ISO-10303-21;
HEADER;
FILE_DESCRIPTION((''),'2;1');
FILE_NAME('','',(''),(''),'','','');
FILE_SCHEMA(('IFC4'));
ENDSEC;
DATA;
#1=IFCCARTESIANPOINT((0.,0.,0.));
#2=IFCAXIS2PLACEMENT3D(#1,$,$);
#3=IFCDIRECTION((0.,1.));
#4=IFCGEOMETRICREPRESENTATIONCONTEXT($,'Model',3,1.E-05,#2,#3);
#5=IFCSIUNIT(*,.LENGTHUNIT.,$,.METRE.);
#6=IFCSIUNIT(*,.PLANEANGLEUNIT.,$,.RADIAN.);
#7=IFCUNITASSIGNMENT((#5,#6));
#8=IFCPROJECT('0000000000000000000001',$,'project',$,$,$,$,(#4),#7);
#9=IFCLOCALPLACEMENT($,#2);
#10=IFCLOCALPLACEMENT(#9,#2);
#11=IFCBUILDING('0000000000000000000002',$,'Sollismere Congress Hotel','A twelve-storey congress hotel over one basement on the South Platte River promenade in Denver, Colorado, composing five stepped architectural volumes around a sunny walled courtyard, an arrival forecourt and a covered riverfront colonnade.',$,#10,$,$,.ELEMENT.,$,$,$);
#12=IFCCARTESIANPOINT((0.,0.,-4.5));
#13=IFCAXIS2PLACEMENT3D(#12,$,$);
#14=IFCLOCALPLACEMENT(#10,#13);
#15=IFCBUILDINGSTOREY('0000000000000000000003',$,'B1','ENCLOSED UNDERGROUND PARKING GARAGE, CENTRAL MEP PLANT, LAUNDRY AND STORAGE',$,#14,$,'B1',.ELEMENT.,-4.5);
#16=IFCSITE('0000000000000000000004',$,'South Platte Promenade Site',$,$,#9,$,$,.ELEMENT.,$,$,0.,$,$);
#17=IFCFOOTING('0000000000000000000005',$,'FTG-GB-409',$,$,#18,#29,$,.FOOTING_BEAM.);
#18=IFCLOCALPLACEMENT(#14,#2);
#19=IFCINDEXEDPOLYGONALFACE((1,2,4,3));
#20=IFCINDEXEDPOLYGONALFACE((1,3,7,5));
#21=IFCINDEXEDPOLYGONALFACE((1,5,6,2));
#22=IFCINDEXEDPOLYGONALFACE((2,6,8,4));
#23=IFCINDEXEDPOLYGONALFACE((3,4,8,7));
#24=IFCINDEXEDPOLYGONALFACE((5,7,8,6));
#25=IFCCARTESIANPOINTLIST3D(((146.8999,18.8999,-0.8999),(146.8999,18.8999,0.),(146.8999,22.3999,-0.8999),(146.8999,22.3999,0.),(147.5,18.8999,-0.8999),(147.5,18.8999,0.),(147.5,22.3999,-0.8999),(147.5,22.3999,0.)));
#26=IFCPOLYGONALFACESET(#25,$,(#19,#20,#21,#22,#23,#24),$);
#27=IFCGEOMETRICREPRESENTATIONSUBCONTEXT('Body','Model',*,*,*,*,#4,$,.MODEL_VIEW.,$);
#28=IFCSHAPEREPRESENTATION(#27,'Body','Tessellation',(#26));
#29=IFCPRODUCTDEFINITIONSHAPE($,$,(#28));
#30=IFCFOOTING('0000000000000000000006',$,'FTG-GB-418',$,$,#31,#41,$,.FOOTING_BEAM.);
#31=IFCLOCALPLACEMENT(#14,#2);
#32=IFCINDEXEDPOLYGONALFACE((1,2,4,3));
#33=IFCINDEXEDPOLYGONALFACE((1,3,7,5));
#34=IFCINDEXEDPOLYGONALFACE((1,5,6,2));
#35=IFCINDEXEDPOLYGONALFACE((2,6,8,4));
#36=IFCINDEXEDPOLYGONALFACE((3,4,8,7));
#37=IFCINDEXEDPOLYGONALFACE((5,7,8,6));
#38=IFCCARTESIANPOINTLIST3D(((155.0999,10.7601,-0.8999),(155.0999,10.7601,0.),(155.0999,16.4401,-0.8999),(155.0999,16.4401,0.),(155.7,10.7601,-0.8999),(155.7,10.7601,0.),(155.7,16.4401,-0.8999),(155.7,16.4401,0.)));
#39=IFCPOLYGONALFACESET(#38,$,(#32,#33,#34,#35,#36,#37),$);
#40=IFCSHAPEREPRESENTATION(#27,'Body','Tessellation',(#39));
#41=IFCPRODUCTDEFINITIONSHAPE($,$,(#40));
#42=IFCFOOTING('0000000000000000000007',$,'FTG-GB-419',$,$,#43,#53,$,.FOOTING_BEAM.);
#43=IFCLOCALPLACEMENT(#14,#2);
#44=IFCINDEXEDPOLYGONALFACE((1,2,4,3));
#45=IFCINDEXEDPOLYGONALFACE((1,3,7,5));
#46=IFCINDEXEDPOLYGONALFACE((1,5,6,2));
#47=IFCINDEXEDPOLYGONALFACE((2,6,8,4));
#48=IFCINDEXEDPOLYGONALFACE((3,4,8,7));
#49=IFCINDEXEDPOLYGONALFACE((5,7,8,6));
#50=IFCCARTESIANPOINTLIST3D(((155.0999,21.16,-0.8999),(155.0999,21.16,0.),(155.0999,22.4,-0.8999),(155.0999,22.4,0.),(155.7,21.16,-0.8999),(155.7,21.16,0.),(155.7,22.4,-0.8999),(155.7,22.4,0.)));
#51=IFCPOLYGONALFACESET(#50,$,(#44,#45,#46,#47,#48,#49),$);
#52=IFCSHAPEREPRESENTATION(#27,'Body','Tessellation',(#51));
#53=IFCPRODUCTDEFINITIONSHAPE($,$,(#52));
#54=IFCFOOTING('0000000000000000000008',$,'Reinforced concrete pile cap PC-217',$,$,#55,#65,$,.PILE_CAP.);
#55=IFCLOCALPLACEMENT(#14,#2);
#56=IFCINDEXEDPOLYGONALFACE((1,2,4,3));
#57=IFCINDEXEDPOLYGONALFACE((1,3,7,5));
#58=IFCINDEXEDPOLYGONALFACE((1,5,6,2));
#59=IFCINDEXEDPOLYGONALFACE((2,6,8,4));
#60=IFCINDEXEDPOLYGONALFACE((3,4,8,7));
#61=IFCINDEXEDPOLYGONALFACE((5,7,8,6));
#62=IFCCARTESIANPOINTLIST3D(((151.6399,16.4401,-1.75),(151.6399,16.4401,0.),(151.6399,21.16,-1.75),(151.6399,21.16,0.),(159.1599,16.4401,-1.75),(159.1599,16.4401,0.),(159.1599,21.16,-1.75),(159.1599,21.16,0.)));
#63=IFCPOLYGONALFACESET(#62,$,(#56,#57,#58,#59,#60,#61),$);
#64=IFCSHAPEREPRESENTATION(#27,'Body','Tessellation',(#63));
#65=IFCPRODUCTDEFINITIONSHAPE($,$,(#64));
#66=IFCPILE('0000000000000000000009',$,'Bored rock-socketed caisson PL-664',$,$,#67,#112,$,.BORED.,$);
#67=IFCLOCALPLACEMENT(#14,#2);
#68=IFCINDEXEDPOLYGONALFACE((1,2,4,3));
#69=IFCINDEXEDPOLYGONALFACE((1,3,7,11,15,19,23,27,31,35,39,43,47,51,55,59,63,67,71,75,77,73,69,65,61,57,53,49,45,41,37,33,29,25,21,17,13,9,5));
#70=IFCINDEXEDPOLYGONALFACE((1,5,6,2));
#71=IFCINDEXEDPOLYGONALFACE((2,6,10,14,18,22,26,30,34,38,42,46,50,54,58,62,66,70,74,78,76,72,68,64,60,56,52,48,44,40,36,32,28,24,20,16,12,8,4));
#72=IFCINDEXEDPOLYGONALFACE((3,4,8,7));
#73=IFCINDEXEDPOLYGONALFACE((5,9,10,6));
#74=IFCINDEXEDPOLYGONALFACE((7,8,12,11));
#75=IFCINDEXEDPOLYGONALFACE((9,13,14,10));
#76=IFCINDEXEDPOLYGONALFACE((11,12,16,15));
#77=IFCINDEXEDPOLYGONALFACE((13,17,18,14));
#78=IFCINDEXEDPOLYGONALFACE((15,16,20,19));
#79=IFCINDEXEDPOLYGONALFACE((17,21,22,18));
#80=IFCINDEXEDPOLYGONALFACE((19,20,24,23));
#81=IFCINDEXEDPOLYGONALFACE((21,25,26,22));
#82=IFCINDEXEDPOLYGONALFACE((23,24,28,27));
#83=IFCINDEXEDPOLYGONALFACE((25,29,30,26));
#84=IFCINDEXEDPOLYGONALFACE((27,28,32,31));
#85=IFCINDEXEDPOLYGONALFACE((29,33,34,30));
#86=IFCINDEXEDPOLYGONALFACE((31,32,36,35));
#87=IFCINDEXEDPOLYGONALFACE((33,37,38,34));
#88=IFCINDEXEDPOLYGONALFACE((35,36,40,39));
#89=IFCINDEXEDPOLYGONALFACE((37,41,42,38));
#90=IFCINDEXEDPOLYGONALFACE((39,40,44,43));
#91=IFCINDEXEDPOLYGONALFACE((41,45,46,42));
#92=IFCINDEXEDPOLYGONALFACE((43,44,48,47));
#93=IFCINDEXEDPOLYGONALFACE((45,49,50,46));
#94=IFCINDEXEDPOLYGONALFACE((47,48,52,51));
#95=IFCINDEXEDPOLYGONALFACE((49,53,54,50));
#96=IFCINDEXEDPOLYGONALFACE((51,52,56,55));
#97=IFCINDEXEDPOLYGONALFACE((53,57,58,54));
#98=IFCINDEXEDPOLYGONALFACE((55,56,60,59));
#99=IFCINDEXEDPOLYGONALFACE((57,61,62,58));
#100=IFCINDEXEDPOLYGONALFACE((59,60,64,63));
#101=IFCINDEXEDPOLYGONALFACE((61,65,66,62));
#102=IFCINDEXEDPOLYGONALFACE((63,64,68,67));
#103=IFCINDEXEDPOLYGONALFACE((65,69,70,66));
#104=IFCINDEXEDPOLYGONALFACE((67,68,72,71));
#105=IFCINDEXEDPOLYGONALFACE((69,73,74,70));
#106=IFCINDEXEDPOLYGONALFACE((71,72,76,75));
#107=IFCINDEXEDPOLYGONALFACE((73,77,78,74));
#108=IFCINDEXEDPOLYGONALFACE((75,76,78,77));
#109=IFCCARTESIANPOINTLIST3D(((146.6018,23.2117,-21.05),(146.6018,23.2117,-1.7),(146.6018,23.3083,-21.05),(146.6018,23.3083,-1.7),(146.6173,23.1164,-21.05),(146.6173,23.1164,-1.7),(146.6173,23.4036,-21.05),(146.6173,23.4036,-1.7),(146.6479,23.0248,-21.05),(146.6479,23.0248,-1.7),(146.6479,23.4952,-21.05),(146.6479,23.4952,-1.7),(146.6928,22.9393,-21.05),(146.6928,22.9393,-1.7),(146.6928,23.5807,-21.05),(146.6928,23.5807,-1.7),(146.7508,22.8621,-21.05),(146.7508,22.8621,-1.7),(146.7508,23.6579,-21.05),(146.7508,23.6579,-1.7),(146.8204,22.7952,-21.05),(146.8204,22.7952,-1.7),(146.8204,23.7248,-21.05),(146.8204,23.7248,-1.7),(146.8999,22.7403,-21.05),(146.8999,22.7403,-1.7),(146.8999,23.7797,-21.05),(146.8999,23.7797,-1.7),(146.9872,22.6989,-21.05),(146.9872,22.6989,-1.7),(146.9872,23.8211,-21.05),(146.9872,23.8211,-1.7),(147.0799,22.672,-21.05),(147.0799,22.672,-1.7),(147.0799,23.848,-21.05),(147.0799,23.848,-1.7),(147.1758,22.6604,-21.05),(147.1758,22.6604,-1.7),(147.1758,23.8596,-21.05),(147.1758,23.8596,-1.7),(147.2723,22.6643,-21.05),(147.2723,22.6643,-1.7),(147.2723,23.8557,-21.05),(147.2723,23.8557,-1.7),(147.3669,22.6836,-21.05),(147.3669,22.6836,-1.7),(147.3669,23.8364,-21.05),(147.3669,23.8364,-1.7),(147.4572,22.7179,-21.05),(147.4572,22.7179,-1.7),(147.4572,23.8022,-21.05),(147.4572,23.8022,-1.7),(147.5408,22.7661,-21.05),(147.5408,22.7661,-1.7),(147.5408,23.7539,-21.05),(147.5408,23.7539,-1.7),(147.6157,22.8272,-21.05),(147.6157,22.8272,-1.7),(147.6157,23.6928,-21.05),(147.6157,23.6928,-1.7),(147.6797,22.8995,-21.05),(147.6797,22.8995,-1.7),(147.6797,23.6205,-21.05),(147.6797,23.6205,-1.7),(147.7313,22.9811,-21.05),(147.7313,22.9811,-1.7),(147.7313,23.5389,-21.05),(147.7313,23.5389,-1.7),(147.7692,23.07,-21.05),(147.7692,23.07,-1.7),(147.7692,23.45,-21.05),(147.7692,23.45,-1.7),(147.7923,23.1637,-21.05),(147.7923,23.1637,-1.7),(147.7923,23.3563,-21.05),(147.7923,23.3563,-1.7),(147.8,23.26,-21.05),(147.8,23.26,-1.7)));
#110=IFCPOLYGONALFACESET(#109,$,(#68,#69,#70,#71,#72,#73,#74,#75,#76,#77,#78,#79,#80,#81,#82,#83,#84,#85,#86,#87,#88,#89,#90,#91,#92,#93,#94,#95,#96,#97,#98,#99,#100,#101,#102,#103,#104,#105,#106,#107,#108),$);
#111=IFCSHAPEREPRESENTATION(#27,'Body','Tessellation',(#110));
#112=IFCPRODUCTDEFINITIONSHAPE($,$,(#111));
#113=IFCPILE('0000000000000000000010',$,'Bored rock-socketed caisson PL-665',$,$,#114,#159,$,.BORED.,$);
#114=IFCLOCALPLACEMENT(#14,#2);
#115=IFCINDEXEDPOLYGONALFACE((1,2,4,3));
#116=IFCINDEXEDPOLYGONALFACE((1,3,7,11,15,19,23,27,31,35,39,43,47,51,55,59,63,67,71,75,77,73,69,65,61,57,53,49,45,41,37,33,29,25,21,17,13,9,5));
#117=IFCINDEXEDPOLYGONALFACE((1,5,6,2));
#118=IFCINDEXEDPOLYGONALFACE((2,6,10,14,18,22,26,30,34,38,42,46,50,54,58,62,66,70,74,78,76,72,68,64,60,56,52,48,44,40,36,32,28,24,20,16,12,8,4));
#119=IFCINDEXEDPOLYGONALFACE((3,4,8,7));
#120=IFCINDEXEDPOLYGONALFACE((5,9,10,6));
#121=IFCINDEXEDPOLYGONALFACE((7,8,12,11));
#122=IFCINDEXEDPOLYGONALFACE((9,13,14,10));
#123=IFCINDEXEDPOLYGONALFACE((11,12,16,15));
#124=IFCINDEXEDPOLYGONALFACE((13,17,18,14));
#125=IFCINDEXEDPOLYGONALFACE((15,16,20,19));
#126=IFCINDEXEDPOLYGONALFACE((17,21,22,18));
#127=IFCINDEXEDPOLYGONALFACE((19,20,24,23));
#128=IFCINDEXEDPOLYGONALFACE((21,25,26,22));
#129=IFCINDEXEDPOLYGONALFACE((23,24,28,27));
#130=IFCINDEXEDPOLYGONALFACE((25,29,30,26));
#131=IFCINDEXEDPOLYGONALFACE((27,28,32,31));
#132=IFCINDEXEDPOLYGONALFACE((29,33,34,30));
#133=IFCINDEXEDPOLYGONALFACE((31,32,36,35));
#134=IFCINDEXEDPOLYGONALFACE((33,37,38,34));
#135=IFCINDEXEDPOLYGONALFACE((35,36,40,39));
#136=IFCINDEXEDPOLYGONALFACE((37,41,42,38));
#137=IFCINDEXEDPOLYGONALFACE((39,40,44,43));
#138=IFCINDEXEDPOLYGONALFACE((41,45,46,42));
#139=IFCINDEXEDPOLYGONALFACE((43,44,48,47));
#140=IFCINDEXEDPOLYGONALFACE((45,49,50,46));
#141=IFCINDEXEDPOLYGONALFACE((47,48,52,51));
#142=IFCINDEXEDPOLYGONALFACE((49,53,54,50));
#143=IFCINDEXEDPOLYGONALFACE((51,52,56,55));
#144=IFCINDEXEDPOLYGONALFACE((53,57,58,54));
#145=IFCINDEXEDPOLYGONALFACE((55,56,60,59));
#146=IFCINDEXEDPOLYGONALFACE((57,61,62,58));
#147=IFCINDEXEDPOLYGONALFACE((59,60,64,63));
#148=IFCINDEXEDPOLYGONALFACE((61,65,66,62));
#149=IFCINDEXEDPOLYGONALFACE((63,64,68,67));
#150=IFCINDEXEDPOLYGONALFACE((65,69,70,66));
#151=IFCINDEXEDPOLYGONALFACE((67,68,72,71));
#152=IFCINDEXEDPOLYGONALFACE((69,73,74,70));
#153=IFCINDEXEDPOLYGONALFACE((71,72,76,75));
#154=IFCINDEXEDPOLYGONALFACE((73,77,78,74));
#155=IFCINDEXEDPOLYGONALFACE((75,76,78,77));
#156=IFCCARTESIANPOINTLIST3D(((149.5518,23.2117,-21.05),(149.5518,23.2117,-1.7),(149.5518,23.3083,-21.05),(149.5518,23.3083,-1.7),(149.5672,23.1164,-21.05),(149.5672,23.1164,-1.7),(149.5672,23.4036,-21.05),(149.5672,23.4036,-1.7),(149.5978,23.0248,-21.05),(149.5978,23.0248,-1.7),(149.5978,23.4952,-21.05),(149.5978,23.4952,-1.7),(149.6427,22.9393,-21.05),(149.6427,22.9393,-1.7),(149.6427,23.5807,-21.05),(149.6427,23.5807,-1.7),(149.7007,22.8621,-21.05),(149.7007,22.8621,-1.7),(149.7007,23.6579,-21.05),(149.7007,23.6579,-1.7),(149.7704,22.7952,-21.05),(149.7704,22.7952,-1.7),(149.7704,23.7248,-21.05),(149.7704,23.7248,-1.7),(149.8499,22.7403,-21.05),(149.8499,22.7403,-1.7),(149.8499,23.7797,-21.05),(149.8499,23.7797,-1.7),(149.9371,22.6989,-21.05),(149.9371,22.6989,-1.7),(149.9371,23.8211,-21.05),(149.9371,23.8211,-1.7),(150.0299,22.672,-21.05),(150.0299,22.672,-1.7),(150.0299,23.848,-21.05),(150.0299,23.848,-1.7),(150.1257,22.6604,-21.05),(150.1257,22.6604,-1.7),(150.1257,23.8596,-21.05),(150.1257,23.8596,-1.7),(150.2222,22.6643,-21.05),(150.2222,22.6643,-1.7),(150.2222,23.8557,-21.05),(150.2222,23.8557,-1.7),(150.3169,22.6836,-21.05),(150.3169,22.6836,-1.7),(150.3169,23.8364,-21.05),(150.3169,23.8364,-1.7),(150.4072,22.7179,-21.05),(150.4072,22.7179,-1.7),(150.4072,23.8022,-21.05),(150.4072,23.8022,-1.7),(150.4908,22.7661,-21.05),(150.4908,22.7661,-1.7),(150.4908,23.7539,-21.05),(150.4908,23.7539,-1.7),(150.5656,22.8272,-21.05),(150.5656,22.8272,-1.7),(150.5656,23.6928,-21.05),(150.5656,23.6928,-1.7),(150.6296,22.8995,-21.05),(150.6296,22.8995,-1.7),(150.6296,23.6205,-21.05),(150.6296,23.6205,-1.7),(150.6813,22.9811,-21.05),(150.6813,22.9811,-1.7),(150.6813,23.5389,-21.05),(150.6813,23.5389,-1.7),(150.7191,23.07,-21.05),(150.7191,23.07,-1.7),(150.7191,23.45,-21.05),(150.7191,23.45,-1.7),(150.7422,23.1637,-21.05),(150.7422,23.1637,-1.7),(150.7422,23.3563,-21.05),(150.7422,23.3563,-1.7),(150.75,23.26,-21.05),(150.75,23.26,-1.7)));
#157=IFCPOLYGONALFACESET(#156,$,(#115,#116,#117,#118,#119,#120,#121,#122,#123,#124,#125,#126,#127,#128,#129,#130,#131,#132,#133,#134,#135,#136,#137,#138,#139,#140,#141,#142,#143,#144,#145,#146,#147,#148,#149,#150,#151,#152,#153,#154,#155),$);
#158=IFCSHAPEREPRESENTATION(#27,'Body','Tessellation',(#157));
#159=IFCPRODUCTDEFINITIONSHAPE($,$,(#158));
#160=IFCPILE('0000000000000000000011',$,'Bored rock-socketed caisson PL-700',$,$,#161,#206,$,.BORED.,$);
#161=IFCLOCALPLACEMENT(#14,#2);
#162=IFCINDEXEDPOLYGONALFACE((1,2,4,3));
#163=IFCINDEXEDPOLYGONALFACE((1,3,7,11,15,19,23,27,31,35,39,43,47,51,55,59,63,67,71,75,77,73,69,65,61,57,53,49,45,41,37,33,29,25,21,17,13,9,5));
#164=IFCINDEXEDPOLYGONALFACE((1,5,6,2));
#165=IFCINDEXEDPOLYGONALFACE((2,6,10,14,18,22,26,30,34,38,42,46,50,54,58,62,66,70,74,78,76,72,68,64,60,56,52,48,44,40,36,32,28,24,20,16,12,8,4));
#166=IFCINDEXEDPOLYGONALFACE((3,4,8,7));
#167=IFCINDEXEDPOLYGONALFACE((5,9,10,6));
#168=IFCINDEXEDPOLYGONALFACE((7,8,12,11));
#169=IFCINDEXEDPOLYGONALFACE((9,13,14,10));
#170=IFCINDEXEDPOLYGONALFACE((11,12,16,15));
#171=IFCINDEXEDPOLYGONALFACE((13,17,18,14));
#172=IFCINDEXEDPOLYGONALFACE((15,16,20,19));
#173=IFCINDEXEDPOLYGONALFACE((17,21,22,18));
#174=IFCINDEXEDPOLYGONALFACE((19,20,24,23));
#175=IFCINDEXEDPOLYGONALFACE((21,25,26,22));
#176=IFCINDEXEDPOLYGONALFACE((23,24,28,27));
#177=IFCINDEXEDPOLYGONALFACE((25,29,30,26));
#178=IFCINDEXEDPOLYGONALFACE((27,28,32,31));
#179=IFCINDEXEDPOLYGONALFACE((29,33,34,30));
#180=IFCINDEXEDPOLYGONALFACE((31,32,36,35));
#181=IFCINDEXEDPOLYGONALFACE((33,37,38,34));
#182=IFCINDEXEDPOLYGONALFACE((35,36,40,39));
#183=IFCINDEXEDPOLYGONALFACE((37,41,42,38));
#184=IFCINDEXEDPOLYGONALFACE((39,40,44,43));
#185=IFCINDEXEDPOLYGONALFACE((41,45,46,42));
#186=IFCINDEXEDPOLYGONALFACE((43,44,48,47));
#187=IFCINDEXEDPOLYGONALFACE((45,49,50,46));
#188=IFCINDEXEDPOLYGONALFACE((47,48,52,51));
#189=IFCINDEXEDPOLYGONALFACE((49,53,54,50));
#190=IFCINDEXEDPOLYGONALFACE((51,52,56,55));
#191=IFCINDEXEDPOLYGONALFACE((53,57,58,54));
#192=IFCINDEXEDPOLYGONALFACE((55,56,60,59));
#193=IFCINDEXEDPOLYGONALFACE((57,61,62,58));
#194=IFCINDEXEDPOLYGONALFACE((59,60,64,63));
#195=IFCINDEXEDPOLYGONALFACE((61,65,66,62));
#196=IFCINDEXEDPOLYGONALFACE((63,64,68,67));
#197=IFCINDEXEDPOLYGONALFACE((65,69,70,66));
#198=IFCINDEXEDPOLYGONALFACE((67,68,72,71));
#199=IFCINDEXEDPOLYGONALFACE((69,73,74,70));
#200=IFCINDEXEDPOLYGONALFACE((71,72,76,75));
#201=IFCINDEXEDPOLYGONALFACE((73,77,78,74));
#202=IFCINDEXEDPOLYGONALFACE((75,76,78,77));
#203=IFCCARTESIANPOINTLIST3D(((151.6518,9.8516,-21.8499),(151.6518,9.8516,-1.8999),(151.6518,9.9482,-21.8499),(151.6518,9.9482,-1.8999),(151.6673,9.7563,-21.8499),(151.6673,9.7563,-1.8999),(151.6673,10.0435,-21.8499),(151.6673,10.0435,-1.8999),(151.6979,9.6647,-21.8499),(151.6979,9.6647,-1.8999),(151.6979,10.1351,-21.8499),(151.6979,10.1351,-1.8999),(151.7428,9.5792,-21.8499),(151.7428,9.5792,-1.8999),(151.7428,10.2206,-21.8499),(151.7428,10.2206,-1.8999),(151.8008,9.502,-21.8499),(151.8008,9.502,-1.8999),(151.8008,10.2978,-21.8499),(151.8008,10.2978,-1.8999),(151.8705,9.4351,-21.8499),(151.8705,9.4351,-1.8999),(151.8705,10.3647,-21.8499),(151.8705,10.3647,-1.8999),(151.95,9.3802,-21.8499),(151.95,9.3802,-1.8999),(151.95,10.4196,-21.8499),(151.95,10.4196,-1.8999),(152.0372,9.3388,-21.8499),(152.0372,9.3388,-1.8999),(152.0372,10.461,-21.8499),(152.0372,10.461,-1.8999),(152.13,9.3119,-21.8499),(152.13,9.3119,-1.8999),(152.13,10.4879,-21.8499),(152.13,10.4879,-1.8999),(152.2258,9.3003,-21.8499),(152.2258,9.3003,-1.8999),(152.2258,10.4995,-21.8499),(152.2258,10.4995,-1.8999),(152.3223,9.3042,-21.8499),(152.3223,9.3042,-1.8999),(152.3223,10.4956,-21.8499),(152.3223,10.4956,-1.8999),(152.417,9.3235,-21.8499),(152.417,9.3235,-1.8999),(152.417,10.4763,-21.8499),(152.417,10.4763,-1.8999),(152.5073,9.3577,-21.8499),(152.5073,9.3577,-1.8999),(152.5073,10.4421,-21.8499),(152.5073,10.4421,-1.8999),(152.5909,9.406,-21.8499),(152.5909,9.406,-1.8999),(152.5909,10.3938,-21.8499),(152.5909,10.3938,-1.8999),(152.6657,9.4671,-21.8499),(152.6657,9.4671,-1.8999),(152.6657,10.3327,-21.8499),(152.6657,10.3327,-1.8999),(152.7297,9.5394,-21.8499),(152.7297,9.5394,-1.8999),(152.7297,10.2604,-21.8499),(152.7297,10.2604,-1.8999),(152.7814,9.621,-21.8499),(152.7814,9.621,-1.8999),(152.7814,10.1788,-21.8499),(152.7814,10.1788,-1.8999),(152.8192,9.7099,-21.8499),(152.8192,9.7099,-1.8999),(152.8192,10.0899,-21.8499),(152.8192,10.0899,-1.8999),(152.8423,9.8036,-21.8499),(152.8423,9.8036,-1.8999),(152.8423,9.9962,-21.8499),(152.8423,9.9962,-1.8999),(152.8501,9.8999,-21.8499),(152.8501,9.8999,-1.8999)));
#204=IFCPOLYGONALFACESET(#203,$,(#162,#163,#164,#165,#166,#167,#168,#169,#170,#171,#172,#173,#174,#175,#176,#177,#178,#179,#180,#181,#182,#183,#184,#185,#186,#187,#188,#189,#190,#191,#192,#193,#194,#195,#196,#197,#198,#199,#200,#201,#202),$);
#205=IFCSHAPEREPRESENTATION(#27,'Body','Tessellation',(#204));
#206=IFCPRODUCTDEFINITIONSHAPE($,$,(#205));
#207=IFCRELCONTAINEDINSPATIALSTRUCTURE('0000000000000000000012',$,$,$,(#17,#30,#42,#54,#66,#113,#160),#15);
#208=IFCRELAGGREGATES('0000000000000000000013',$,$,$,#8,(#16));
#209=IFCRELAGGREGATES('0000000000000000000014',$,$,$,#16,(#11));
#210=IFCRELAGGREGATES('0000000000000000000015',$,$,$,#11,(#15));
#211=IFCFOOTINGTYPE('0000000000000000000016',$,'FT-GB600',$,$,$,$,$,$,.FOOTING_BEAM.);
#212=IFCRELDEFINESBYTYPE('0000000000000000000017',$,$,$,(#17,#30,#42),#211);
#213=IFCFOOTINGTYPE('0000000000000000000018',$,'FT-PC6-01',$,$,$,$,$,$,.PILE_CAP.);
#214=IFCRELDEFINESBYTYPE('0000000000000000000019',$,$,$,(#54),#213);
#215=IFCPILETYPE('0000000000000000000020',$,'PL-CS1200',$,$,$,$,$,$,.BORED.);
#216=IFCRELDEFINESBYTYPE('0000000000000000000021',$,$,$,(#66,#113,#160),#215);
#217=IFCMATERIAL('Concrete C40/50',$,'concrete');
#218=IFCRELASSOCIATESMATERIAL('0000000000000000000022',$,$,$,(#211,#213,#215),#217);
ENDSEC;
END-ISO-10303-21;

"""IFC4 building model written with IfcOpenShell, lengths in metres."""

from ifc_helpers import new_model, si_unit, direction, frame, origin, origin_2d, place, context, subcontext, project, spatial, rectangle, circle, extrude, material, material_profile, profile_set, type_object, element, save


model = new_model("IFC4")

# Units and contexts
model_context = context("Model", 3, precision=1e-05, world=origin(), true_north=direction((0.0, 1.0)))
body_context = subcontext(model_context, "Body", "Model", "MODEL_VIEW")
ifc_project = project(units=[si_unit("LENGTHUNIT", "METRE"), si_unit("PLANEANGLEUNIT", "RADIAN")], contexts=[model_context])

# Site, building, storey
site_placement = place(None, origin())
site = spatial("IfcSite", under=ifc_project, at=site_placement, Name="South Platte Promenade Site", CompositionType="ELEMENT", RefElevation=0.0)
building_placement = place(site_placement, origin())
building = spatial("IfcBuilding", under=site, at=building_placement, Name="Sollismere Congress Hotel", Description="A twelve-storey congress hotel over one basement on the South Platte River promenade in Denver, Colorado, composing five stepped architectural volumes around a sunny walled courtyard, an arrival forecourt and a covered riverfront colonnade.", CompositionType="ELEMENT")
storey_placement = place(building_placement, frame((0.0, 0.0, -4.5)))
storey = spatial("IfcBuildingStorey", under=building, at=storey_placement, Name="B1", Description="ENCLOSED UNDERGROUND PARKING GARAGE, CENTRAL MEP PLANT, LAUNDRY AND STORAGE", LongName="B1", CompositionType="ELEMENT", Elevation=-4.5)

# Footings
ifc_material_1 = material(Name="Concrete C40/50", Category="concrete")
footing_type_1 = type_object("IfcFootingType", Name="FT-GB600", PredefinedType="FOOTING_BEAM", material=ifc_material_1)
footing_1_placement = place(storey_placement, frame((147.2, 20.6499, -0.8999), z_axis=(0.0, 0.0, 1.0), x_axis=(0.0, 1.0, 0.0)))
element("IfcFooting", 1, at=footing_1_placement, inside=storey, type_object=footing_type_1, Name="FTG-GB-409", PredefinedType="FOOTING_BEAM", context=body_context, shape_type="SweptSolid", body=[
    extrude(rectangle(XDim=3.5, YDim=0.6001, at=origin_2d()), origin(), (0.0, 0.0, 1.0), 0.8999),
])
footing_2_placement = place(storey_placement, frame((155.3999, 13.6001, -0.8999), z_axis=(0.0, 0.0, 1.0), x_axis=(0.0, 1.0, 0.0)))
element("IfcFooting", 2, at=footing_2_placement, inside=storey, type_object=footing_type_1, Name="FTG-GB-418", PredefinedType="FOOTING_BEAM", context=body_context, shape_type="SweptSolid", body=[
    extrude(rectangle(XDim=5.6799, YDim=0.6001, at=origin_2d()), origin(), (0.0, 0.0, 1.0), 0.8999),
])
footing_3_placement = place(storey_placement, frame((155.3999, 21.78, -0.8999), z_axis=(0.0, 0.0, 1.0), x_axis=(0.0, 1.0, 0.0)))
element("IfcFooting", 3, at=footing_3_placement, inside=storey, type_object=footing_type_1, Name="FTG-GB-419", PredefinedType="FOOTING_BEAM", context=body_context, shape_type="SweptSolid", body=[
    extrude(rectangle(XDim=1.24, YDim=0.6001, at=origin_2d()), origin(), (0.0, 0.0, 1.0), 0.8999),
])
footing_type_2 = type_object("IfcFootingType", Name="FT-PC6-01", PredefinedType="PILE_CAP", material=ifc_material_1)
footing_4_placement = place(storey_placement, frame((155.3999, 18.8, -1.75), z_axis=(0.0, 0.0, 1.0), x_axis=(1.0, 0.0, 0.0)))
element("IfcFooting", 4, at=footing_4_placement, inside=storey, type_object=footing_type_2, Name="Reinforced concrete pile cap PC-217", PredefinedType="PILE_CAP", context=body_context, shape_type="SweptSolid", body=[
    extrude(rectangle(XDim=7.52, YDim=4.72, at=origin_2d()), origin(), (0.0, 0.0, 1.0), 1.75),
])

# Piles
ifc_material_profile_1 = material_profile(ifc_material_1, circle(Radius=0.6001, at=origin_2d()), Name="CAISSON1200")
ifc_profile_set_1 = profile_set([ifc_material_profile_1], Name="Concrete C40/50")
pile_type = type_object("IfcPileType", Name="PL-CS1200", PredefinedType="BORED", material=ifc_profile_set_1)
for number, where, z_axis, x_axis, name in (
    (5, (147.2, 23.26, -1.7), (0.0, 0.0, -1.0), (1.0, 0.0, 0.0), "Bored rock-socketed caisson PL-664"),
    (6, (150.1499, 23.26, -1.7), (0.0, 0.0, -1.0), (1.0, 0.0, 0.0), "Bored rock-socketed caisson PL-665"),
):
    element("IfcPile", number, at=place(storey_placement, frame(where, z_axis=z_axis, x_axis=x_axis)), inside=storey, type_object=pile_type, Name=name, PredefinedType="BORED", context=body_context, shape_type="SweptSolid", body=[
        extrude(circle(Radius=0.6001, at=origin_2d()), origin(), (0.0, 0.0, 1.0), 19.3501),
    ])
for number, where, z_axis, x_axis, name in (
    (7, (152.25, 9.8999, -1.8999), (0.0, 0.0, -1.0), (1.0, 0.0, 0.0), "Bored rock-socketed caisson PL-700"),
):
    element("IfcPile", number, at=place(storey_placement, frame(where, z_axis=z_axis, x_axis=x_axis)), inside=storey, type_object=pile_type, Name=name, PredefinedType="BORED", context=body_context, shape_type="SweptSolid", body=[
        extrude(circle(Radius=0.6001, at=origin_2d()), origin(), (0.0, 0.0, 1.0), 19.95),
    ])

save(model, "model.ifc")
